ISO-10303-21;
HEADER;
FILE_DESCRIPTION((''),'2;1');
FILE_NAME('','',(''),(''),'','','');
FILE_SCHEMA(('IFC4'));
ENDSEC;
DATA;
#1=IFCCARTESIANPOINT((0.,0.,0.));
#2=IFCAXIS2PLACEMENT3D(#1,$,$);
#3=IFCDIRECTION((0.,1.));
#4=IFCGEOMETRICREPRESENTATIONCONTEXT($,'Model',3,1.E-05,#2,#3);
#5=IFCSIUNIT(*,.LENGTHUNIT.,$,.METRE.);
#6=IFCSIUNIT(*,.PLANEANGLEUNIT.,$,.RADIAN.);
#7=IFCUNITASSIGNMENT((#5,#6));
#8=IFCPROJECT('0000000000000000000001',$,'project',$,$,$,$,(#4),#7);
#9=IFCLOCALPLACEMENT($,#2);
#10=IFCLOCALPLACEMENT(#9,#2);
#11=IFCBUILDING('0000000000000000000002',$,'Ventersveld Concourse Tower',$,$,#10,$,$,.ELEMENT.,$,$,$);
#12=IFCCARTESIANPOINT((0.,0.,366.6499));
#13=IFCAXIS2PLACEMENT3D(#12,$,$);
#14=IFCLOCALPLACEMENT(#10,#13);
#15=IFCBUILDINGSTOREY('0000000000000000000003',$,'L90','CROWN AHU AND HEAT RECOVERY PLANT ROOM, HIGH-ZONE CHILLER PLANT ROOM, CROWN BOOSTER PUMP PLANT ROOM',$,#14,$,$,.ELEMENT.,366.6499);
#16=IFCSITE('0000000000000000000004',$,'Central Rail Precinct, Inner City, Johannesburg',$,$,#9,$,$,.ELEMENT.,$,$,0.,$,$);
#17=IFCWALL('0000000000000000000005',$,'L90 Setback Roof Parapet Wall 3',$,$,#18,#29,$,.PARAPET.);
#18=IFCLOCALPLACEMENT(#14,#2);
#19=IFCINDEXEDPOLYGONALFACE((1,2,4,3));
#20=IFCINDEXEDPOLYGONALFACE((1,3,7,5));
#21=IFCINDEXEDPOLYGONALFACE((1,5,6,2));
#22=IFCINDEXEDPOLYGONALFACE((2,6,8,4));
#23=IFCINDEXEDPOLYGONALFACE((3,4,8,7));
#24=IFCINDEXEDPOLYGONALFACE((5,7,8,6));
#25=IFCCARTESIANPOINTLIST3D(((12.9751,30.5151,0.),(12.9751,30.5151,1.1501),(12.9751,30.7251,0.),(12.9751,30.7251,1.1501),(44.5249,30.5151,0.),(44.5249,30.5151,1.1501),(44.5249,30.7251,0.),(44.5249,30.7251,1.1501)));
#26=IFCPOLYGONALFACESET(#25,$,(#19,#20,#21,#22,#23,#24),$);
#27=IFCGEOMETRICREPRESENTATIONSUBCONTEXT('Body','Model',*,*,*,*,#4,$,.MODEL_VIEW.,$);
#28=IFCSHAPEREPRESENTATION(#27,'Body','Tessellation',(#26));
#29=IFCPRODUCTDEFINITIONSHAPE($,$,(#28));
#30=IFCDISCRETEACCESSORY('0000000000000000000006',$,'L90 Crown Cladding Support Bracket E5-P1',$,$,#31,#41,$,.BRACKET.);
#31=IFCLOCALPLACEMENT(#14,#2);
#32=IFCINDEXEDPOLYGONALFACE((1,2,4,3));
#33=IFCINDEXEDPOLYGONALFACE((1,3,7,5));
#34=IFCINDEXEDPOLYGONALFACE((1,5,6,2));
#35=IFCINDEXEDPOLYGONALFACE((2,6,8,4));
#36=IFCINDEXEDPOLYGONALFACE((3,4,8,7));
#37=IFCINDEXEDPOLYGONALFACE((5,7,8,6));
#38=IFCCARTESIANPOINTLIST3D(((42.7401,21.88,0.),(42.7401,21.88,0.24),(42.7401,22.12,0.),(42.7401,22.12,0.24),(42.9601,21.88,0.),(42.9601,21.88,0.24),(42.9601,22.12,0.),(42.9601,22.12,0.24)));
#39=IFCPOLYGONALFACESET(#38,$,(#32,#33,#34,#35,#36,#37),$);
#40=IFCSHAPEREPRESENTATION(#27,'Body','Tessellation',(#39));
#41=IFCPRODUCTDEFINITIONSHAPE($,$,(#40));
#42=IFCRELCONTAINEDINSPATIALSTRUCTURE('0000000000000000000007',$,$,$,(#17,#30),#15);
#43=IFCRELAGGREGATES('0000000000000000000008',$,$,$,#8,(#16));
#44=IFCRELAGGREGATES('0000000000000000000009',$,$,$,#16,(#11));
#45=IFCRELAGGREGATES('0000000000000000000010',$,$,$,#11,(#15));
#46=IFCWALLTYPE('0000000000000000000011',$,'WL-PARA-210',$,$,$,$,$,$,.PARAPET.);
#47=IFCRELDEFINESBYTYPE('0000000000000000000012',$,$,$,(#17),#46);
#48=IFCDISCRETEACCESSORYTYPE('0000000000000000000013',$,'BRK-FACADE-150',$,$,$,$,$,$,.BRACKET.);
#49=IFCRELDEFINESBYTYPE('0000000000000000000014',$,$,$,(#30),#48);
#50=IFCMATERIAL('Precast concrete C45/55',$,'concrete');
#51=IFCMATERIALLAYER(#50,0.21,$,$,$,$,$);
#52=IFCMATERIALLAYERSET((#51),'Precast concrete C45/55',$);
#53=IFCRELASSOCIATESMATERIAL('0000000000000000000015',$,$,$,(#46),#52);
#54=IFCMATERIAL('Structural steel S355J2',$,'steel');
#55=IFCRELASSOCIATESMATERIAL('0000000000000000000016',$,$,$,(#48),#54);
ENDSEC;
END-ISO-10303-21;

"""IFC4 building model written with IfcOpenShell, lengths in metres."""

from ifc_helpers import new_model, si_unit, direction, frame, frame_2d, origin, origin_2d, place, context, subcontext, project, spatial, rectangle, extrude, material, layer, layer_set, type_object, element, save


model = new_model("IFC4")

# Units and contexts
model_context = context("Model", 3, precision=1e-05, world=origin(), true_north=direction((0.0, 1.0)))
body_context = subcontext(model_context, "Body", "Model", "MODEL_VIEW")
ifc_project = project(units=[si_unit("LENGTHUNIT", "METRE"), si_unit("PLANEANGLEUNIT", "RADIAN")], contexts=[model_context])

# Site, building, storey
site_placement = place(None, origin())
site = spatial("IfcSite", under=ifc_project, at=site_placement, Name="Central Rail Precinct, Inner City, Johannesburg", CompositionType="ELEMENT", RefElevation=0.0)
building_placement = place(site_placement, origin())
building = spatial("IfcBuilding", under=site, at=building_placement, Name="Ventersveld Concourse Tower", CompositionType="ELEMENT")
storey_placement = place(building_placement, frame((0.0, 0.0, 366.6499)))
storey = spatial("IfcBuildingStorey", under=building, at=storey_placement, Name="L90", Description="CROWN AHU AND HEAT RECOVERY PLANT ROOM, HIGH-ZONE CHILLER PLANT ROOM, CROWN BOOSTER PUMP PLANT ROOM", CompositionType="ELEMENT", Elevation=366.6499)

# Shared definitions
ifc_material_1 = material(Name="Precast concrete C45/55", Category="concrete")

# Wall
ifc_layer_1 = layer(ifc_material_1, 0.21)
ifc_layer_set_1 = layer_set([ifc_layer_1], Name="Precast concrete C45/55")
wall_type = type_object("IfcWallType", Name="WL-PARA-210", PredefinedType="PARAPET", material=ifc_layer_set_1)
wall_placement = place(storey_placement, frame((44.5249, 30.6201, 0.0), z_axis=(0.0, 0.0, 1.0), x_axis=(-1.0, 0.0, 0.0)))
element("IfcWall", 1, at=wall_placement, inside=storey, type_object=wall_type, Name="L90 Setback Roof Parapet Wall 3", PredefinedType="PARAPET", context=body_context, shape_type="SweptSolid", body=[
    extrude(rectangle(XDim=31.5498, YDim=0.21, at=frame_2d((15.7749, 0.0))), origin(), (0.0, 0.0, 1.0), 1.1501),
])

# Discrete accessory
ifc_material_2 = material(Name="Structural steel S355J2", Category="steel")
discrete_accessory_type = type_object("IfcDiscreteAccessoryType", Name="BRK-FACADE-150", PredefinedType="BRACKET", material=ifc_material_2)
discrete_accessory_placement = place(storey_placement, frame((42.8501, 22.0, 0.0), z_axis=(0.0, 0.0, 1.0), x_axis=(-1.0, 0.0, 0.0)))
element("IfcDiscreteAccessory", 2, at=discrete_accessory_placement, inside=storey, type_object=discrete_accessory_type, Name="L90 Crown Cladding Support Bracket E5-P1", PredefinedType="BRACKET", context=body_context, shape_type="SweptSolid", body=[
    extrude(rectangle(XDim=0.22, YDim=0.24, at=origin_2d()), origin(), (0.0, 0.0, 1.0), 0.24),
])

save(model, "model.ifc")
